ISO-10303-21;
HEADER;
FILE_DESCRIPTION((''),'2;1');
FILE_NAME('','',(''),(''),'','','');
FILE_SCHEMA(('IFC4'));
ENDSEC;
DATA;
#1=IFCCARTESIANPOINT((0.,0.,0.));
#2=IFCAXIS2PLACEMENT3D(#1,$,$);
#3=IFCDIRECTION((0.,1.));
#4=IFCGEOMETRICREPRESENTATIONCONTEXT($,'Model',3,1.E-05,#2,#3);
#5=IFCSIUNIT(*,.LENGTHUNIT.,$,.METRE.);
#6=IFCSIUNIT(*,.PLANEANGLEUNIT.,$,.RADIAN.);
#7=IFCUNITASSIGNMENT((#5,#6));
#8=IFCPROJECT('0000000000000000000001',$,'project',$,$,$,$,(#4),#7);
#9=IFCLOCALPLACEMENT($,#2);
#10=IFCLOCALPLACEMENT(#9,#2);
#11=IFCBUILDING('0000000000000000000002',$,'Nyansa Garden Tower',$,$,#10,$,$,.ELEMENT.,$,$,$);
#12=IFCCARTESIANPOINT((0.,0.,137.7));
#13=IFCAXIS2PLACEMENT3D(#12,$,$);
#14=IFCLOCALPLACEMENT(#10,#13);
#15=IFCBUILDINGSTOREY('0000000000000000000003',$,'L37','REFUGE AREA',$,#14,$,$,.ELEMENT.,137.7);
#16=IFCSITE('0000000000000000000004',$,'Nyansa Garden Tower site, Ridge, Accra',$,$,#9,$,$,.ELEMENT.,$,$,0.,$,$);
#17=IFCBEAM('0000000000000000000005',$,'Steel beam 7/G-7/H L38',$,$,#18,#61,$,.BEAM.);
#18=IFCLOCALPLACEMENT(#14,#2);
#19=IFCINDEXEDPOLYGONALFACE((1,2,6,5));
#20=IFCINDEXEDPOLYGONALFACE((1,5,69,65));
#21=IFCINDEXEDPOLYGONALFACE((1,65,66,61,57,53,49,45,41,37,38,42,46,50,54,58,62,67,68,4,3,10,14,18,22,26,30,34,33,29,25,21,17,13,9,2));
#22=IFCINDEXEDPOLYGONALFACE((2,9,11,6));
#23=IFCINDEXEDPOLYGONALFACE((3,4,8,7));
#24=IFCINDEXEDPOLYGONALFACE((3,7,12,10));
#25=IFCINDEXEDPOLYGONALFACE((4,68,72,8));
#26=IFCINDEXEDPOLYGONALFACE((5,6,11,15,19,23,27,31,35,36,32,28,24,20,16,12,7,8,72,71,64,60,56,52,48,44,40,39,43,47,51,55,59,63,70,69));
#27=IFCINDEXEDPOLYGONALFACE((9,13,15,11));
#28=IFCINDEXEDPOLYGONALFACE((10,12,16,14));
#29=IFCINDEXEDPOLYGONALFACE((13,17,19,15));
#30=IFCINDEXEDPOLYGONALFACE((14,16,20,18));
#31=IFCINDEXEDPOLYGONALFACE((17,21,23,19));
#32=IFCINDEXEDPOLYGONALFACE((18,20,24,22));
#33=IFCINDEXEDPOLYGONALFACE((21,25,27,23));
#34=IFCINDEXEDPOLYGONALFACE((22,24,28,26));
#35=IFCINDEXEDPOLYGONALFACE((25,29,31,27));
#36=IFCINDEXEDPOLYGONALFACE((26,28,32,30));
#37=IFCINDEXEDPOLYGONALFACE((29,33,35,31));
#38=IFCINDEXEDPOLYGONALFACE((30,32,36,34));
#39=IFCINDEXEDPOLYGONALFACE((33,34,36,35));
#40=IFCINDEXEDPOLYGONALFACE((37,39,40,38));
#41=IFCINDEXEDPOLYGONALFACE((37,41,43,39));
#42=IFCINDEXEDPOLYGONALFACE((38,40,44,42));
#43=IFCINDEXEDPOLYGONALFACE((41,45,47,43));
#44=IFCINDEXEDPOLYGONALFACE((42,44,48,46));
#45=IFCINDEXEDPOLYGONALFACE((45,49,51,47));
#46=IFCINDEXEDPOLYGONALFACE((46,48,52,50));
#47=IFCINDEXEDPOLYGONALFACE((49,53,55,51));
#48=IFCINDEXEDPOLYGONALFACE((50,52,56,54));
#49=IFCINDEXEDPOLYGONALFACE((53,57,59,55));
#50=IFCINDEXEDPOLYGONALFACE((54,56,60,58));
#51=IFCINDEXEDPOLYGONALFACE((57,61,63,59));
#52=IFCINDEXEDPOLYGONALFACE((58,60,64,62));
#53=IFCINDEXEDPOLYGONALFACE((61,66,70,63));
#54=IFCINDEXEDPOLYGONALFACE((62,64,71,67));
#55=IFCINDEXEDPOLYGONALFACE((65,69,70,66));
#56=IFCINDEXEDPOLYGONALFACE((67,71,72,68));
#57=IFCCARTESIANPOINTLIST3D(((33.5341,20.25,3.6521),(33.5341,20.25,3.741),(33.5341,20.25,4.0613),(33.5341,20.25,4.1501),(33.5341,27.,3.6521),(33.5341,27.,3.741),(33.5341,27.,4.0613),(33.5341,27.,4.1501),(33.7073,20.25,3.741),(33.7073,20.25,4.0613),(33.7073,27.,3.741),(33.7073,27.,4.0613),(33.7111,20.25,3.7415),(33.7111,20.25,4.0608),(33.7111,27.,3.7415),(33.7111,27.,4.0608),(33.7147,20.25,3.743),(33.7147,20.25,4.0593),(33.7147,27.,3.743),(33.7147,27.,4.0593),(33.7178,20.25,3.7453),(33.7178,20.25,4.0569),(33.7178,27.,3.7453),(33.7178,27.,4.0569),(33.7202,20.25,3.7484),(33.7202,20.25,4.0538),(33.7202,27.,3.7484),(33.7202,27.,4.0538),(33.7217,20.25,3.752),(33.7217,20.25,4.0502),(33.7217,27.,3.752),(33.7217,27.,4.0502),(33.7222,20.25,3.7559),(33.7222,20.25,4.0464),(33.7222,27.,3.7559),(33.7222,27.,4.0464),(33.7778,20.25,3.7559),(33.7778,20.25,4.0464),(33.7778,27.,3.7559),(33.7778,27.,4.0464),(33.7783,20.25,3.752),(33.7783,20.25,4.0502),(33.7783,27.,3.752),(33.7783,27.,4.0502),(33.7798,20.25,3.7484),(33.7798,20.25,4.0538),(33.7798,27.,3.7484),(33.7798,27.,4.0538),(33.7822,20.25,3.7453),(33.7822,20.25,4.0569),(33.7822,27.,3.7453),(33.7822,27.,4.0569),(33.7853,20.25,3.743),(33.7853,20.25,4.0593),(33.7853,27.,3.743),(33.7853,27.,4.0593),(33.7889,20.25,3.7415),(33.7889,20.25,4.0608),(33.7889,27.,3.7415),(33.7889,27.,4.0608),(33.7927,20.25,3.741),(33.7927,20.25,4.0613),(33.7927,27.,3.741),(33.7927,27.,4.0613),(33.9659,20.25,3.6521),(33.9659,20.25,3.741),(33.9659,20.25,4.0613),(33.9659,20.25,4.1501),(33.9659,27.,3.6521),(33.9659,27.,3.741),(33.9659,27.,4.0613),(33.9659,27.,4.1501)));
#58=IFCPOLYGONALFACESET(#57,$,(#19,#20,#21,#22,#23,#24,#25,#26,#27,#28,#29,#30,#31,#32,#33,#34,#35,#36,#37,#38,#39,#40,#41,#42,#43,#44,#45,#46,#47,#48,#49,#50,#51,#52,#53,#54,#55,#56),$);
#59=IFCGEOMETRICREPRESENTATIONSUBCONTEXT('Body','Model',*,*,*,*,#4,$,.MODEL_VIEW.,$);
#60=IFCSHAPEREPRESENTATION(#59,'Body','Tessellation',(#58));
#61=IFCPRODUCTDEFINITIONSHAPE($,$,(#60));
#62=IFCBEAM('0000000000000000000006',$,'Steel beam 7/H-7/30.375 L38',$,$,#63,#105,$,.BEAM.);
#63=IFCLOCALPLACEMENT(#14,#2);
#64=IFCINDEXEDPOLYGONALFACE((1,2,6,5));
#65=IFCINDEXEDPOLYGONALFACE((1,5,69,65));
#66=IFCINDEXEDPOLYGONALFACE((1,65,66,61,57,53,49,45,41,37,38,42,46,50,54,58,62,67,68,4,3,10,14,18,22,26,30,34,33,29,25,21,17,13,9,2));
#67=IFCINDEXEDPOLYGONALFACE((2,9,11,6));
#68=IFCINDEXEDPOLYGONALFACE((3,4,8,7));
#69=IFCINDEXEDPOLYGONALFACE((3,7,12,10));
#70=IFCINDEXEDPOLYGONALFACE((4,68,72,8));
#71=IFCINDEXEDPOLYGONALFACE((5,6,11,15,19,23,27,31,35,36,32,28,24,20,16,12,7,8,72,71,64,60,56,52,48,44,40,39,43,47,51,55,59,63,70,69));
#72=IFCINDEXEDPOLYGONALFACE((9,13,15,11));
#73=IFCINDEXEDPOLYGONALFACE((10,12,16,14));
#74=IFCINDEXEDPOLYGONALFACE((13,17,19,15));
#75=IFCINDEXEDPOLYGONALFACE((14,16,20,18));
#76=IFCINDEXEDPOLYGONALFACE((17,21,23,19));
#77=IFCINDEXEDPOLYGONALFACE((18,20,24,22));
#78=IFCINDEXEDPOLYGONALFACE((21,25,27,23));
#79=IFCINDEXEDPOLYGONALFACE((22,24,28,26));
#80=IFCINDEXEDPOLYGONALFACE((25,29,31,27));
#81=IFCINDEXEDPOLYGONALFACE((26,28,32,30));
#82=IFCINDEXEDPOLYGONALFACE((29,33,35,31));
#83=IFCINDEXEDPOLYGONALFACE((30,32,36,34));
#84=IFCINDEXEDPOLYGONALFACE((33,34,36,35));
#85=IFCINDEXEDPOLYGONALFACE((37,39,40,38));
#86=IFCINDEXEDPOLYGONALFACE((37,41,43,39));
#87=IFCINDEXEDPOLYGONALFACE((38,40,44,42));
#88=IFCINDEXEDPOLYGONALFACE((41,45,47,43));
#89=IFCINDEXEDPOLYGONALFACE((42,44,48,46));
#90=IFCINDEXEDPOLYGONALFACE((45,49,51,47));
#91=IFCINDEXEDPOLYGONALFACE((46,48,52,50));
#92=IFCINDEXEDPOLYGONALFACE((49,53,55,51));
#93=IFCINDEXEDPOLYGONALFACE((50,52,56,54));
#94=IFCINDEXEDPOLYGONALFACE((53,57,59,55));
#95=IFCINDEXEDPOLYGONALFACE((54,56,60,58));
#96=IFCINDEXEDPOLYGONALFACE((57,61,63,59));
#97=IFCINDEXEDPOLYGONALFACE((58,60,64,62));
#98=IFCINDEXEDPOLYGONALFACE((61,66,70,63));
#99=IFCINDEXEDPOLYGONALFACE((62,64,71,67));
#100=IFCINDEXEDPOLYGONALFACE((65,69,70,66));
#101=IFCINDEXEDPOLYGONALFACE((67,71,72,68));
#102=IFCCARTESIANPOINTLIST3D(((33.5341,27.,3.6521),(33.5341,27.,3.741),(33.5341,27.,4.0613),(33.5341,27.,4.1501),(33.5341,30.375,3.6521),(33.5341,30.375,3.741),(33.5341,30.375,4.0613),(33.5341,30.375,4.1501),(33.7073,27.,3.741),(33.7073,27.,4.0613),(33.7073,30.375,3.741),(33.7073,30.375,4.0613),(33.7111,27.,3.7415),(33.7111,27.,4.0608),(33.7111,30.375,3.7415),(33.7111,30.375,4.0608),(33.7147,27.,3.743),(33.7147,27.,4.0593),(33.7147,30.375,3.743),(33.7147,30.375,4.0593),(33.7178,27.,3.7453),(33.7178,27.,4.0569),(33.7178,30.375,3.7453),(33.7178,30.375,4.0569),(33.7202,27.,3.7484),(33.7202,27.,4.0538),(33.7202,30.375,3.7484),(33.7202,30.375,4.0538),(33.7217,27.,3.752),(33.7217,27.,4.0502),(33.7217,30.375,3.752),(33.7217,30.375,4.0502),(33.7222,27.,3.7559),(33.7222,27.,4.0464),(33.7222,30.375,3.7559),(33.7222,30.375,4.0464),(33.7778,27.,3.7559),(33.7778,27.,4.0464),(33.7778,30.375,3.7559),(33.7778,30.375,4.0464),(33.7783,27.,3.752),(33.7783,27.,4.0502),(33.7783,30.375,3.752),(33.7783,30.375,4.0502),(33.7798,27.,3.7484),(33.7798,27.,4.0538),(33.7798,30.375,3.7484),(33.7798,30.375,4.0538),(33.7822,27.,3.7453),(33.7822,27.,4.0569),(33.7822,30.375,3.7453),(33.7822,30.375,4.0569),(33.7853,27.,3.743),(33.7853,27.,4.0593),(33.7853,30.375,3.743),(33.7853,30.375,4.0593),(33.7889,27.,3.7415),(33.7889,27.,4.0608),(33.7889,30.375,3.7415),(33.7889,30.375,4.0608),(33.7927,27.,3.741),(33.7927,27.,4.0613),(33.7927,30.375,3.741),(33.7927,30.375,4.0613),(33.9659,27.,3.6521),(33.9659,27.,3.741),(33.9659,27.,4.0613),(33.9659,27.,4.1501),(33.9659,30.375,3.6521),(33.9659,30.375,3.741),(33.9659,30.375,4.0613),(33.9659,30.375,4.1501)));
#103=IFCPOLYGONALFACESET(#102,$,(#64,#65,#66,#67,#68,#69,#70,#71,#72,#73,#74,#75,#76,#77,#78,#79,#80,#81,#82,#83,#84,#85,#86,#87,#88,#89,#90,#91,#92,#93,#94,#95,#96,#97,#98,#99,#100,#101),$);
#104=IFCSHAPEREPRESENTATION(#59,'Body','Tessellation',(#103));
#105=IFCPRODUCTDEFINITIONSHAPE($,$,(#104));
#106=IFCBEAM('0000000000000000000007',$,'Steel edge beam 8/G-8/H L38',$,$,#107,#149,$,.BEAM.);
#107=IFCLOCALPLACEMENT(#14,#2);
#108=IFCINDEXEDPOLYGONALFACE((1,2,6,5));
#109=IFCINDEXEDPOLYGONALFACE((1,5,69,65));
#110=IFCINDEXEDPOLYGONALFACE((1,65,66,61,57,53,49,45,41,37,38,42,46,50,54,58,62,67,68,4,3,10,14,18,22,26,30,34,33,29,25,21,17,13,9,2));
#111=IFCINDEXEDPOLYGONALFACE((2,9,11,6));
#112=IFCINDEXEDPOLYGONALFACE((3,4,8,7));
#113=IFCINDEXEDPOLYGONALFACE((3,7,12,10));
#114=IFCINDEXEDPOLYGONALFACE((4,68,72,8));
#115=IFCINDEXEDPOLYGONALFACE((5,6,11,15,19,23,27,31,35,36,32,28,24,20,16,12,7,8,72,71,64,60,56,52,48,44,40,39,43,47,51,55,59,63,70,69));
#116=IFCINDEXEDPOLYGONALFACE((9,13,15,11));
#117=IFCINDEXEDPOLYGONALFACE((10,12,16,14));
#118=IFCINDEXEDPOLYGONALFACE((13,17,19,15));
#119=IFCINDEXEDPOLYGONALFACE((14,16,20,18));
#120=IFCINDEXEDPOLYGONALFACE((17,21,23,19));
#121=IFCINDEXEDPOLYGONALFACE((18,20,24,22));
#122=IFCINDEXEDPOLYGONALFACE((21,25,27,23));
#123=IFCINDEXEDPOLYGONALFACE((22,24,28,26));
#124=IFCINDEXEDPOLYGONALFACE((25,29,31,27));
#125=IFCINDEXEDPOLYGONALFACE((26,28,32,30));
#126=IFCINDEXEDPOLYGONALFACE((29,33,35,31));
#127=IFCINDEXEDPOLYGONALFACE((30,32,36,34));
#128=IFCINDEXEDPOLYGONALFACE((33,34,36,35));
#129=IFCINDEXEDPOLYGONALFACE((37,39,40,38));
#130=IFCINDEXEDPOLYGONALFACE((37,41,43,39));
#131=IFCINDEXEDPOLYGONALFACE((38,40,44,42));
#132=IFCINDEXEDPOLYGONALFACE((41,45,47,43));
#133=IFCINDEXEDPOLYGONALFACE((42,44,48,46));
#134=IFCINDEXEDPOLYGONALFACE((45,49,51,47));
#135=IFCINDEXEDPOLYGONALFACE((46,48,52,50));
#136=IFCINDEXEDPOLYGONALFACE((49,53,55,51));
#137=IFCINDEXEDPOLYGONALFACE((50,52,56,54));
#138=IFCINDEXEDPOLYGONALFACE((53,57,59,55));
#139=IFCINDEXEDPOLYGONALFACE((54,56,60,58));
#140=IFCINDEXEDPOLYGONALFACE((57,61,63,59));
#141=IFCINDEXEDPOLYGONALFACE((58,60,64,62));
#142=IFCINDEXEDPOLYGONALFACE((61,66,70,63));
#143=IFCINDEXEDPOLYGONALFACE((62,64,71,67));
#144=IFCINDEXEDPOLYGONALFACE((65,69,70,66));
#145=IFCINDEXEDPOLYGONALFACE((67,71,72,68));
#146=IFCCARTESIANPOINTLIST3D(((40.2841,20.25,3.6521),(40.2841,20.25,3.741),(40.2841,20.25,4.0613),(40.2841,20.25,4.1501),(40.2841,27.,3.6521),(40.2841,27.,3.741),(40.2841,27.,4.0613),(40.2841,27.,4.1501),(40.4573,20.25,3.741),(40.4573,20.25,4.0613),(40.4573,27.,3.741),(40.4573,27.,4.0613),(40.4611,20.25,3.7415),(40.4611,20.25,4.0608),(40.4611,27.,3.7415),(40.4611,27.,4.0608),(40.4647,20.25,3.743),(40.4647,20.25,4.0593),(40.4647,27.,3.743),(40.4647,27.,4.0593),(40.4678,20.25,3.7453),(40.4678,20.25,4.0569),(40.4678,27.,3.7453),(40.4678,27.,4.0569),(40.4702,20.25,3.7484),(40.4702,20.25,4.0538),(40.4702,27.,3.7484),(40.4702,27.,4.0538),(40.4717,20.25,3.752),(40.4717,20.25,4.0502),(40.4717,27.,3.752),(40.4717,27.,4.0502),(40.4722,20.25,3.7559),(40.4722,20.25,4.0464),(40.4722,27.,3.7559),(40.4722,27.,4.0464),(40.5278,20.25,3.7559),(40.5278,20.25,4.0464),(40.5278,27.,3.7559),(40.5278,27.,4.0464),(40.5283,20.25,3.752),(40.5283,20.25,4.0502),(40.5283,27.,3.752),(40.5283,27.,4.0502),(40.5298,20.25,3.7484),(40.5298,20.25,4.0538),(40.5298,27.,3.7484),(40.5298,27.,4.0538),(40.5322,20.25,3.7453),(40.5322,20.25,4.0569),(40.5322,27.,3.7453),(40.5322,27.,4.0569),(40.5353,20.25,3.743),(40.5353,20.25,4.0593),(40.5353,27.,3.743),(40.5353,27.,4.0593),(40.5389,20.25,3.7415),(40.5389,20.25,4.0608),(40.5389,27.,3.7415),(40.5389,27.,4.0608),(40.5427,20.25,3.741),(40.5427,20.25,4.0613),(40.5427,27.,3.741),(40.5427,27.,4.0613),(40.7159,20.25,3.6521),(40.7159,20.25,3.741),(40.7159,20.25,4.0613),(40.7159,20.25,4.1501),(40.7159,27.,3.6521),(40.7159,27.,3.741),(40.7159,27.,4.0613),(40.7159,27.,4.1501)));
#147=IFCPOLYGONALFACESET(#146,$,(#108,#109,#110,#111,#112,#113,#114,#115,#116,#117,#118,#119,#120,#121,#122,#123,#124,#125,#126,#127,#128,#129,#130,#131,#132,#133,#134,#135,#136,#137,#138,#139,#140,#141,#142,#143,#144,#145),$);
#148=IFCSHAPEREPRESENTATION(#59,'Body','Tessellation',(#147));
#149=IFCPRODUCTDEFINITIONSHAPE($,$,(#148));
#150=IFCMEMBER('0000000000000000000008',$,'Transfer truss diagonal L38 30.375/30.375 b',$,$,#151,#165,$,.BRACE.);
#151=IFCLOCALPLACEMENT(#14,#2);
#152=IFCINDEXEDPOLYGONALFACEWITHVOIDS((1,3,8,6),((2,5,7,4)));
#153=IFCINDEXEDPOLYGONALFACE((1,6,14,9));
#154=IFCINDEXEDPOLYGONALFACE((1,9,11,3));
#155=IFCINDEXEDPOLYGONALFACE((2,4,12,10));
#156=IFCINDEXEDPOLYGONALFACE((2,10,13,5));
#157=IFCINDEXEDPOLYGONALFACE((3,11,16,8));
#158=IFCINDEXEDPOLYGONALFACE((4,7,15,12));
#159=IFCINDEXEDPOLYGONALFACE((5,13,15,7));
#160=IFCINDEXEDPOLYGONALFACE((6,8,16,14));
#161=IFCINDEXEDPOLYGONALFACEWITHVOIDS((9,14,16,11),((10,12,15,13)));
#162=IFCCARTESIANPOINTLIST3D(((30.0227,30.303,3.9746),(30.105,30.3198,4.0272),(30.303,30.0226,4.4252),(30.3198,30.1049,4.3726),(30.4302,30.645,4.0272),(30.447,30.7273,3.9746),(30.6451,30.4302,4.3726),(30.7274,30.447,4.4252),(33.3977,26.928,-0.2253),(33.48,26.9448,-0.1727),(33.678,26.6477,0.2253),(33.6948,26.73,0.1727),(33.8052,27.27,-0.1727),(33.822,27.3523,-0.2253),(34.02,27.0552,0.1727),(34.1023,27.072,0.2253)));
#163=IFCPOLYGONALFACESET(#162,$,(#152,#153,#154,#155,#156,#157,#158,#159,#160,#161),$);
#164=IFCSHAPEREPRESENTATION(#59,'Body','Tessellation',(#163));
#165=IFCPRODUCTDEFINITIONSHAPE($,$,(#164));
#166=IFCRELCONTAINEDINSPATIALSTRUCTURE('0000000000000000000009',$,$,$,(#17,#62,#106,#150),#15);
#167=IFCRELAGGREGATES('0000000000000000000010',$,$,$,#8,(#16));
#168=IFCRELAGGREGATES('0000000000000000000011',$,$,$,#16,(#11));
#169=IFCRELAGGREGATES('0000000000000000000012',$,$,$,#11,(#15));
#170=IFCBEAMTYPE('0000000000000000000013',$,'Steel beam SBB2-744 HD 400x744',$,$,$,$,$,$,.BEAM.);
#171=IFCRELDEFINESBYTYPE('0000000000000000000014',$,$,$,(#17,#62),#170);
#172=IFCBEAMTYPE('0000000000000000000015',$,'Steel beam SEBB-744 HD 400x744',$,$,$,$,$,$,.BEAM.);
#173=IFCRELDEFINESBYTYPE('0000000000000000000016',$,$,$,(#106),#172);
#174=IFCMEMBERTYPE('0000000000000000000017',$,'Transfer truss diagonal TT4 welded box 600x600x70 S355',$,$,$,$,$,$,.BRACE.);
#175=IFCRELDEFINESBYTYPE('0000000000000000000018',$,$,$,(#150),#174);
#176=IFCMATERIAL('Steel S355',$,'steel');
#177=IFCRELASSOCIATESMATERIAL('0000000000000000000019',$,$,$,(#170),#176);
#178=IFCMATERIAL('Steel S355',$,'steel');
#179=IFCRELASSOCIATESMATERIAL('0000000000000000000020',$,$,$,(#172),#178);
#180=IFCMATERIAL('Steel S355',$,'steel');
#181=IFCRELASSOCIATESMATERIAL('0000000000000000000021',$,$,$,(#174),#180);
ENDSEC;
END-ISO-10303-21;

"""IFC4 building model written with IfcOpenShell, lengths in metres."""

from ifc_helpers import new_model, si_unit, direction, frame, origin, origin_2d, place, context, subcontext, project, spatial, hollow_rectangle, i_section, extrude, material, material_profile, profile_set, type_object, element, save


model = new_model("IFC4")

# Units and contexts
model_context = context("Model", 3, precision=1e-05, world=origin(), true_north=direction((0.0, 1.0)))
body_context = subcontext(model_context, "Body", "Model", "MODEL_VIEW")
ifc_project = project(units=[si_unit("LENGTHUNIT", "METRE"), si_unit("PLANEANGLEUNIT", "RADIAN")], contexts=[model_context])

# Site, building, storey
site_placement = place(None, origin())
site = spatial("IfcSite", under=ifc_project, at=site_placement, Name="Nyansa Garden Tower site, Ridge, Accra", CompositionType="ELEMENT", RefElevation=0.0)
building_placement = place(site_placement, origin())
building = spatial("IfcBuilding", under=site, at=building_placement, Name="Nyansa Garden Tower", CompositionType="ELEMENT")
storey_placement = place(building_placement, frame((0.0, 0.0, 137.7)))
storey = spatial("IfcBuildingStorey", under=building, at=storey_placement, Name="L37", Description="REFUGE AREA", CompositionType="ELEMENT", Elevation=137.7)

# Beams
ifc_material_1 = material(Name="Steel S355", Category="steel")
ifc_material_profile_1 = material_profile(ifc_material_1, i_section(OverallWidth=0.4319, OverallDepth=0.498, WebThickness=0.0557, FlangeThickness=0.0889, FilletRadius=0.0149, at=origin_2d()), Name="HD 400x744")
ifc_profile_set_1 = profile_set([ifc_material_profile_1], Name="Steel S355")
beam_type_1 = type_object("IfcBeamType", Name="Steel beam SBB2-744 HD 400x744", PredefinedType="BEAM", material=ifc_profile_set_1)
beam_1_placement = place(storey_placement, frame((33.75, 20.25, 3.9011), z_axis=(0.0, 1.0, 0.0), x_axis=(-1.0, 0.0, 0.0)))
element("IfcBeam", 1, at=beam_1_placement, inside=storey, type_object=beam_type_1, Name="Steel beam 7/G-7/H L38", PredefinedType="BEAM", context=body_context, shape_type="SweptSolid", body=[
    extrude(i_section(OverallWidth=0.4319, OverallDepth=0.498, WebThickness=0.0557, FlangeThickness=0.0889, FilletRadius=0.0149, at=origin_2d()), origin(), (0.0, 0.0, 1.0), 6.75),
])
beam_2_placement = place(storey_placement, frame((33.75, 27.0, 3.9011), z_axis=(0.0, 1.0, 0.0), x_axis=(-1.0, 0.0, 0.0)))
element("IfcBeam", 2, at=beam_2_placement, inside=storey, type_object=beam_type_1, Name="Steel beam 7/H-7/30.375 L38", PredefinedType="BEAM", context=body_context, shape_type="SweptSolid", body=[
    extrude(i_section(OverallWidth=0.4319, OverallDepth=0.498, WebThickness=0.0557, FlangeThickness=0.0889, FilletRadius=0.0149, at=origin_2d()), origin(), (0.0, 0.0, 1.0), 3.375),
])
ifc_material_2 = material(Name="Steel S355", Category="steel")
ifc_material_profile_2 = material_profile(ifc_material_2, i_section(OverallWidth=0.4319, OverallDepth=0.498, WebThickness=0.0557, FlangeThickness=0.0889, FilletRadius=0.0149, at=origin_2d()), Name="HD 400x744")
ifc_profile_set_2 = profile_set([ifc_material_profile_2], Name="Steel S355")
beam_type_2 = type_object("IfcBeamType", Name="Steel beam SEBB-744 HD 400x744", PredefinedType="BEAM", material=ifc_profile_set_2)
beam_3_placement = place(storey_placement, frame((40.5, 20.25, 3.9011), z_axis=(0.0, 1.0, 0.0), x_axis=(-1.0, 0.0, 0.0)))
element("IfcBeam", 3, at=beam_3_placement, inside=storey, type_object=beam_type_2, Name="Steel edge beam 8/G-8/H L38", PredefinedType="BEAM", context=body_context, shape_type="SweptSolid", body=[
    extrude(i_section(OverallWidth=0.4319, OverallDepth=0.498, WebThickness=0.0557, FlangeThickness=0.0889, FilletRadius=0.0149, at=origin_2d()), origin(), (0.0, 0.0, 1.0), 6.75),
])

# Member
ifc_material_3 = material(Name="Steel S355", Category="steel")
ifc_material_profile_3 = material_profile(ifc_material_3, hollow_rectangle(XDim=0.6001, YDim=0.6001, WallThickness=0.0701, at=origin_2d()), Name="Welded box 600x600x70")
ifc_profile_set_3 = profile_set([ifc_material_profile_3], Name="Steel S355")
member_type_1 = type_object("IfcMemberType", Name="Transfer truss diagonal TT4 welded box 600x600x70 S355", PredefinedType="BRACE", material=ifc_profile_set_3)
member_1_placement = place(storey_placement, frame((33.75, 27.0, 0.0), z_axis=(-0.530849, 0.530849, 0.660605), x_axis=(-0.707107, -0.707107, 0.0)))
element("IfcMember", 4, at=member_1_placement, inside=storey, type_object=member_type_1, Name="Transfer truss diagonal L38 30.375/30.375 b", PredefinedType="BRACE", context=body_context, shape_type="SweptSolid", body=[
    extrude(hollow_rectangle(XDim=0.6001, YDim=0.6001, WallThickness=0.0701, at=origin_2d()), origin(), (0.0, 0.0, 1.0), 6.3577),
])

save(model, "model.ifc")
